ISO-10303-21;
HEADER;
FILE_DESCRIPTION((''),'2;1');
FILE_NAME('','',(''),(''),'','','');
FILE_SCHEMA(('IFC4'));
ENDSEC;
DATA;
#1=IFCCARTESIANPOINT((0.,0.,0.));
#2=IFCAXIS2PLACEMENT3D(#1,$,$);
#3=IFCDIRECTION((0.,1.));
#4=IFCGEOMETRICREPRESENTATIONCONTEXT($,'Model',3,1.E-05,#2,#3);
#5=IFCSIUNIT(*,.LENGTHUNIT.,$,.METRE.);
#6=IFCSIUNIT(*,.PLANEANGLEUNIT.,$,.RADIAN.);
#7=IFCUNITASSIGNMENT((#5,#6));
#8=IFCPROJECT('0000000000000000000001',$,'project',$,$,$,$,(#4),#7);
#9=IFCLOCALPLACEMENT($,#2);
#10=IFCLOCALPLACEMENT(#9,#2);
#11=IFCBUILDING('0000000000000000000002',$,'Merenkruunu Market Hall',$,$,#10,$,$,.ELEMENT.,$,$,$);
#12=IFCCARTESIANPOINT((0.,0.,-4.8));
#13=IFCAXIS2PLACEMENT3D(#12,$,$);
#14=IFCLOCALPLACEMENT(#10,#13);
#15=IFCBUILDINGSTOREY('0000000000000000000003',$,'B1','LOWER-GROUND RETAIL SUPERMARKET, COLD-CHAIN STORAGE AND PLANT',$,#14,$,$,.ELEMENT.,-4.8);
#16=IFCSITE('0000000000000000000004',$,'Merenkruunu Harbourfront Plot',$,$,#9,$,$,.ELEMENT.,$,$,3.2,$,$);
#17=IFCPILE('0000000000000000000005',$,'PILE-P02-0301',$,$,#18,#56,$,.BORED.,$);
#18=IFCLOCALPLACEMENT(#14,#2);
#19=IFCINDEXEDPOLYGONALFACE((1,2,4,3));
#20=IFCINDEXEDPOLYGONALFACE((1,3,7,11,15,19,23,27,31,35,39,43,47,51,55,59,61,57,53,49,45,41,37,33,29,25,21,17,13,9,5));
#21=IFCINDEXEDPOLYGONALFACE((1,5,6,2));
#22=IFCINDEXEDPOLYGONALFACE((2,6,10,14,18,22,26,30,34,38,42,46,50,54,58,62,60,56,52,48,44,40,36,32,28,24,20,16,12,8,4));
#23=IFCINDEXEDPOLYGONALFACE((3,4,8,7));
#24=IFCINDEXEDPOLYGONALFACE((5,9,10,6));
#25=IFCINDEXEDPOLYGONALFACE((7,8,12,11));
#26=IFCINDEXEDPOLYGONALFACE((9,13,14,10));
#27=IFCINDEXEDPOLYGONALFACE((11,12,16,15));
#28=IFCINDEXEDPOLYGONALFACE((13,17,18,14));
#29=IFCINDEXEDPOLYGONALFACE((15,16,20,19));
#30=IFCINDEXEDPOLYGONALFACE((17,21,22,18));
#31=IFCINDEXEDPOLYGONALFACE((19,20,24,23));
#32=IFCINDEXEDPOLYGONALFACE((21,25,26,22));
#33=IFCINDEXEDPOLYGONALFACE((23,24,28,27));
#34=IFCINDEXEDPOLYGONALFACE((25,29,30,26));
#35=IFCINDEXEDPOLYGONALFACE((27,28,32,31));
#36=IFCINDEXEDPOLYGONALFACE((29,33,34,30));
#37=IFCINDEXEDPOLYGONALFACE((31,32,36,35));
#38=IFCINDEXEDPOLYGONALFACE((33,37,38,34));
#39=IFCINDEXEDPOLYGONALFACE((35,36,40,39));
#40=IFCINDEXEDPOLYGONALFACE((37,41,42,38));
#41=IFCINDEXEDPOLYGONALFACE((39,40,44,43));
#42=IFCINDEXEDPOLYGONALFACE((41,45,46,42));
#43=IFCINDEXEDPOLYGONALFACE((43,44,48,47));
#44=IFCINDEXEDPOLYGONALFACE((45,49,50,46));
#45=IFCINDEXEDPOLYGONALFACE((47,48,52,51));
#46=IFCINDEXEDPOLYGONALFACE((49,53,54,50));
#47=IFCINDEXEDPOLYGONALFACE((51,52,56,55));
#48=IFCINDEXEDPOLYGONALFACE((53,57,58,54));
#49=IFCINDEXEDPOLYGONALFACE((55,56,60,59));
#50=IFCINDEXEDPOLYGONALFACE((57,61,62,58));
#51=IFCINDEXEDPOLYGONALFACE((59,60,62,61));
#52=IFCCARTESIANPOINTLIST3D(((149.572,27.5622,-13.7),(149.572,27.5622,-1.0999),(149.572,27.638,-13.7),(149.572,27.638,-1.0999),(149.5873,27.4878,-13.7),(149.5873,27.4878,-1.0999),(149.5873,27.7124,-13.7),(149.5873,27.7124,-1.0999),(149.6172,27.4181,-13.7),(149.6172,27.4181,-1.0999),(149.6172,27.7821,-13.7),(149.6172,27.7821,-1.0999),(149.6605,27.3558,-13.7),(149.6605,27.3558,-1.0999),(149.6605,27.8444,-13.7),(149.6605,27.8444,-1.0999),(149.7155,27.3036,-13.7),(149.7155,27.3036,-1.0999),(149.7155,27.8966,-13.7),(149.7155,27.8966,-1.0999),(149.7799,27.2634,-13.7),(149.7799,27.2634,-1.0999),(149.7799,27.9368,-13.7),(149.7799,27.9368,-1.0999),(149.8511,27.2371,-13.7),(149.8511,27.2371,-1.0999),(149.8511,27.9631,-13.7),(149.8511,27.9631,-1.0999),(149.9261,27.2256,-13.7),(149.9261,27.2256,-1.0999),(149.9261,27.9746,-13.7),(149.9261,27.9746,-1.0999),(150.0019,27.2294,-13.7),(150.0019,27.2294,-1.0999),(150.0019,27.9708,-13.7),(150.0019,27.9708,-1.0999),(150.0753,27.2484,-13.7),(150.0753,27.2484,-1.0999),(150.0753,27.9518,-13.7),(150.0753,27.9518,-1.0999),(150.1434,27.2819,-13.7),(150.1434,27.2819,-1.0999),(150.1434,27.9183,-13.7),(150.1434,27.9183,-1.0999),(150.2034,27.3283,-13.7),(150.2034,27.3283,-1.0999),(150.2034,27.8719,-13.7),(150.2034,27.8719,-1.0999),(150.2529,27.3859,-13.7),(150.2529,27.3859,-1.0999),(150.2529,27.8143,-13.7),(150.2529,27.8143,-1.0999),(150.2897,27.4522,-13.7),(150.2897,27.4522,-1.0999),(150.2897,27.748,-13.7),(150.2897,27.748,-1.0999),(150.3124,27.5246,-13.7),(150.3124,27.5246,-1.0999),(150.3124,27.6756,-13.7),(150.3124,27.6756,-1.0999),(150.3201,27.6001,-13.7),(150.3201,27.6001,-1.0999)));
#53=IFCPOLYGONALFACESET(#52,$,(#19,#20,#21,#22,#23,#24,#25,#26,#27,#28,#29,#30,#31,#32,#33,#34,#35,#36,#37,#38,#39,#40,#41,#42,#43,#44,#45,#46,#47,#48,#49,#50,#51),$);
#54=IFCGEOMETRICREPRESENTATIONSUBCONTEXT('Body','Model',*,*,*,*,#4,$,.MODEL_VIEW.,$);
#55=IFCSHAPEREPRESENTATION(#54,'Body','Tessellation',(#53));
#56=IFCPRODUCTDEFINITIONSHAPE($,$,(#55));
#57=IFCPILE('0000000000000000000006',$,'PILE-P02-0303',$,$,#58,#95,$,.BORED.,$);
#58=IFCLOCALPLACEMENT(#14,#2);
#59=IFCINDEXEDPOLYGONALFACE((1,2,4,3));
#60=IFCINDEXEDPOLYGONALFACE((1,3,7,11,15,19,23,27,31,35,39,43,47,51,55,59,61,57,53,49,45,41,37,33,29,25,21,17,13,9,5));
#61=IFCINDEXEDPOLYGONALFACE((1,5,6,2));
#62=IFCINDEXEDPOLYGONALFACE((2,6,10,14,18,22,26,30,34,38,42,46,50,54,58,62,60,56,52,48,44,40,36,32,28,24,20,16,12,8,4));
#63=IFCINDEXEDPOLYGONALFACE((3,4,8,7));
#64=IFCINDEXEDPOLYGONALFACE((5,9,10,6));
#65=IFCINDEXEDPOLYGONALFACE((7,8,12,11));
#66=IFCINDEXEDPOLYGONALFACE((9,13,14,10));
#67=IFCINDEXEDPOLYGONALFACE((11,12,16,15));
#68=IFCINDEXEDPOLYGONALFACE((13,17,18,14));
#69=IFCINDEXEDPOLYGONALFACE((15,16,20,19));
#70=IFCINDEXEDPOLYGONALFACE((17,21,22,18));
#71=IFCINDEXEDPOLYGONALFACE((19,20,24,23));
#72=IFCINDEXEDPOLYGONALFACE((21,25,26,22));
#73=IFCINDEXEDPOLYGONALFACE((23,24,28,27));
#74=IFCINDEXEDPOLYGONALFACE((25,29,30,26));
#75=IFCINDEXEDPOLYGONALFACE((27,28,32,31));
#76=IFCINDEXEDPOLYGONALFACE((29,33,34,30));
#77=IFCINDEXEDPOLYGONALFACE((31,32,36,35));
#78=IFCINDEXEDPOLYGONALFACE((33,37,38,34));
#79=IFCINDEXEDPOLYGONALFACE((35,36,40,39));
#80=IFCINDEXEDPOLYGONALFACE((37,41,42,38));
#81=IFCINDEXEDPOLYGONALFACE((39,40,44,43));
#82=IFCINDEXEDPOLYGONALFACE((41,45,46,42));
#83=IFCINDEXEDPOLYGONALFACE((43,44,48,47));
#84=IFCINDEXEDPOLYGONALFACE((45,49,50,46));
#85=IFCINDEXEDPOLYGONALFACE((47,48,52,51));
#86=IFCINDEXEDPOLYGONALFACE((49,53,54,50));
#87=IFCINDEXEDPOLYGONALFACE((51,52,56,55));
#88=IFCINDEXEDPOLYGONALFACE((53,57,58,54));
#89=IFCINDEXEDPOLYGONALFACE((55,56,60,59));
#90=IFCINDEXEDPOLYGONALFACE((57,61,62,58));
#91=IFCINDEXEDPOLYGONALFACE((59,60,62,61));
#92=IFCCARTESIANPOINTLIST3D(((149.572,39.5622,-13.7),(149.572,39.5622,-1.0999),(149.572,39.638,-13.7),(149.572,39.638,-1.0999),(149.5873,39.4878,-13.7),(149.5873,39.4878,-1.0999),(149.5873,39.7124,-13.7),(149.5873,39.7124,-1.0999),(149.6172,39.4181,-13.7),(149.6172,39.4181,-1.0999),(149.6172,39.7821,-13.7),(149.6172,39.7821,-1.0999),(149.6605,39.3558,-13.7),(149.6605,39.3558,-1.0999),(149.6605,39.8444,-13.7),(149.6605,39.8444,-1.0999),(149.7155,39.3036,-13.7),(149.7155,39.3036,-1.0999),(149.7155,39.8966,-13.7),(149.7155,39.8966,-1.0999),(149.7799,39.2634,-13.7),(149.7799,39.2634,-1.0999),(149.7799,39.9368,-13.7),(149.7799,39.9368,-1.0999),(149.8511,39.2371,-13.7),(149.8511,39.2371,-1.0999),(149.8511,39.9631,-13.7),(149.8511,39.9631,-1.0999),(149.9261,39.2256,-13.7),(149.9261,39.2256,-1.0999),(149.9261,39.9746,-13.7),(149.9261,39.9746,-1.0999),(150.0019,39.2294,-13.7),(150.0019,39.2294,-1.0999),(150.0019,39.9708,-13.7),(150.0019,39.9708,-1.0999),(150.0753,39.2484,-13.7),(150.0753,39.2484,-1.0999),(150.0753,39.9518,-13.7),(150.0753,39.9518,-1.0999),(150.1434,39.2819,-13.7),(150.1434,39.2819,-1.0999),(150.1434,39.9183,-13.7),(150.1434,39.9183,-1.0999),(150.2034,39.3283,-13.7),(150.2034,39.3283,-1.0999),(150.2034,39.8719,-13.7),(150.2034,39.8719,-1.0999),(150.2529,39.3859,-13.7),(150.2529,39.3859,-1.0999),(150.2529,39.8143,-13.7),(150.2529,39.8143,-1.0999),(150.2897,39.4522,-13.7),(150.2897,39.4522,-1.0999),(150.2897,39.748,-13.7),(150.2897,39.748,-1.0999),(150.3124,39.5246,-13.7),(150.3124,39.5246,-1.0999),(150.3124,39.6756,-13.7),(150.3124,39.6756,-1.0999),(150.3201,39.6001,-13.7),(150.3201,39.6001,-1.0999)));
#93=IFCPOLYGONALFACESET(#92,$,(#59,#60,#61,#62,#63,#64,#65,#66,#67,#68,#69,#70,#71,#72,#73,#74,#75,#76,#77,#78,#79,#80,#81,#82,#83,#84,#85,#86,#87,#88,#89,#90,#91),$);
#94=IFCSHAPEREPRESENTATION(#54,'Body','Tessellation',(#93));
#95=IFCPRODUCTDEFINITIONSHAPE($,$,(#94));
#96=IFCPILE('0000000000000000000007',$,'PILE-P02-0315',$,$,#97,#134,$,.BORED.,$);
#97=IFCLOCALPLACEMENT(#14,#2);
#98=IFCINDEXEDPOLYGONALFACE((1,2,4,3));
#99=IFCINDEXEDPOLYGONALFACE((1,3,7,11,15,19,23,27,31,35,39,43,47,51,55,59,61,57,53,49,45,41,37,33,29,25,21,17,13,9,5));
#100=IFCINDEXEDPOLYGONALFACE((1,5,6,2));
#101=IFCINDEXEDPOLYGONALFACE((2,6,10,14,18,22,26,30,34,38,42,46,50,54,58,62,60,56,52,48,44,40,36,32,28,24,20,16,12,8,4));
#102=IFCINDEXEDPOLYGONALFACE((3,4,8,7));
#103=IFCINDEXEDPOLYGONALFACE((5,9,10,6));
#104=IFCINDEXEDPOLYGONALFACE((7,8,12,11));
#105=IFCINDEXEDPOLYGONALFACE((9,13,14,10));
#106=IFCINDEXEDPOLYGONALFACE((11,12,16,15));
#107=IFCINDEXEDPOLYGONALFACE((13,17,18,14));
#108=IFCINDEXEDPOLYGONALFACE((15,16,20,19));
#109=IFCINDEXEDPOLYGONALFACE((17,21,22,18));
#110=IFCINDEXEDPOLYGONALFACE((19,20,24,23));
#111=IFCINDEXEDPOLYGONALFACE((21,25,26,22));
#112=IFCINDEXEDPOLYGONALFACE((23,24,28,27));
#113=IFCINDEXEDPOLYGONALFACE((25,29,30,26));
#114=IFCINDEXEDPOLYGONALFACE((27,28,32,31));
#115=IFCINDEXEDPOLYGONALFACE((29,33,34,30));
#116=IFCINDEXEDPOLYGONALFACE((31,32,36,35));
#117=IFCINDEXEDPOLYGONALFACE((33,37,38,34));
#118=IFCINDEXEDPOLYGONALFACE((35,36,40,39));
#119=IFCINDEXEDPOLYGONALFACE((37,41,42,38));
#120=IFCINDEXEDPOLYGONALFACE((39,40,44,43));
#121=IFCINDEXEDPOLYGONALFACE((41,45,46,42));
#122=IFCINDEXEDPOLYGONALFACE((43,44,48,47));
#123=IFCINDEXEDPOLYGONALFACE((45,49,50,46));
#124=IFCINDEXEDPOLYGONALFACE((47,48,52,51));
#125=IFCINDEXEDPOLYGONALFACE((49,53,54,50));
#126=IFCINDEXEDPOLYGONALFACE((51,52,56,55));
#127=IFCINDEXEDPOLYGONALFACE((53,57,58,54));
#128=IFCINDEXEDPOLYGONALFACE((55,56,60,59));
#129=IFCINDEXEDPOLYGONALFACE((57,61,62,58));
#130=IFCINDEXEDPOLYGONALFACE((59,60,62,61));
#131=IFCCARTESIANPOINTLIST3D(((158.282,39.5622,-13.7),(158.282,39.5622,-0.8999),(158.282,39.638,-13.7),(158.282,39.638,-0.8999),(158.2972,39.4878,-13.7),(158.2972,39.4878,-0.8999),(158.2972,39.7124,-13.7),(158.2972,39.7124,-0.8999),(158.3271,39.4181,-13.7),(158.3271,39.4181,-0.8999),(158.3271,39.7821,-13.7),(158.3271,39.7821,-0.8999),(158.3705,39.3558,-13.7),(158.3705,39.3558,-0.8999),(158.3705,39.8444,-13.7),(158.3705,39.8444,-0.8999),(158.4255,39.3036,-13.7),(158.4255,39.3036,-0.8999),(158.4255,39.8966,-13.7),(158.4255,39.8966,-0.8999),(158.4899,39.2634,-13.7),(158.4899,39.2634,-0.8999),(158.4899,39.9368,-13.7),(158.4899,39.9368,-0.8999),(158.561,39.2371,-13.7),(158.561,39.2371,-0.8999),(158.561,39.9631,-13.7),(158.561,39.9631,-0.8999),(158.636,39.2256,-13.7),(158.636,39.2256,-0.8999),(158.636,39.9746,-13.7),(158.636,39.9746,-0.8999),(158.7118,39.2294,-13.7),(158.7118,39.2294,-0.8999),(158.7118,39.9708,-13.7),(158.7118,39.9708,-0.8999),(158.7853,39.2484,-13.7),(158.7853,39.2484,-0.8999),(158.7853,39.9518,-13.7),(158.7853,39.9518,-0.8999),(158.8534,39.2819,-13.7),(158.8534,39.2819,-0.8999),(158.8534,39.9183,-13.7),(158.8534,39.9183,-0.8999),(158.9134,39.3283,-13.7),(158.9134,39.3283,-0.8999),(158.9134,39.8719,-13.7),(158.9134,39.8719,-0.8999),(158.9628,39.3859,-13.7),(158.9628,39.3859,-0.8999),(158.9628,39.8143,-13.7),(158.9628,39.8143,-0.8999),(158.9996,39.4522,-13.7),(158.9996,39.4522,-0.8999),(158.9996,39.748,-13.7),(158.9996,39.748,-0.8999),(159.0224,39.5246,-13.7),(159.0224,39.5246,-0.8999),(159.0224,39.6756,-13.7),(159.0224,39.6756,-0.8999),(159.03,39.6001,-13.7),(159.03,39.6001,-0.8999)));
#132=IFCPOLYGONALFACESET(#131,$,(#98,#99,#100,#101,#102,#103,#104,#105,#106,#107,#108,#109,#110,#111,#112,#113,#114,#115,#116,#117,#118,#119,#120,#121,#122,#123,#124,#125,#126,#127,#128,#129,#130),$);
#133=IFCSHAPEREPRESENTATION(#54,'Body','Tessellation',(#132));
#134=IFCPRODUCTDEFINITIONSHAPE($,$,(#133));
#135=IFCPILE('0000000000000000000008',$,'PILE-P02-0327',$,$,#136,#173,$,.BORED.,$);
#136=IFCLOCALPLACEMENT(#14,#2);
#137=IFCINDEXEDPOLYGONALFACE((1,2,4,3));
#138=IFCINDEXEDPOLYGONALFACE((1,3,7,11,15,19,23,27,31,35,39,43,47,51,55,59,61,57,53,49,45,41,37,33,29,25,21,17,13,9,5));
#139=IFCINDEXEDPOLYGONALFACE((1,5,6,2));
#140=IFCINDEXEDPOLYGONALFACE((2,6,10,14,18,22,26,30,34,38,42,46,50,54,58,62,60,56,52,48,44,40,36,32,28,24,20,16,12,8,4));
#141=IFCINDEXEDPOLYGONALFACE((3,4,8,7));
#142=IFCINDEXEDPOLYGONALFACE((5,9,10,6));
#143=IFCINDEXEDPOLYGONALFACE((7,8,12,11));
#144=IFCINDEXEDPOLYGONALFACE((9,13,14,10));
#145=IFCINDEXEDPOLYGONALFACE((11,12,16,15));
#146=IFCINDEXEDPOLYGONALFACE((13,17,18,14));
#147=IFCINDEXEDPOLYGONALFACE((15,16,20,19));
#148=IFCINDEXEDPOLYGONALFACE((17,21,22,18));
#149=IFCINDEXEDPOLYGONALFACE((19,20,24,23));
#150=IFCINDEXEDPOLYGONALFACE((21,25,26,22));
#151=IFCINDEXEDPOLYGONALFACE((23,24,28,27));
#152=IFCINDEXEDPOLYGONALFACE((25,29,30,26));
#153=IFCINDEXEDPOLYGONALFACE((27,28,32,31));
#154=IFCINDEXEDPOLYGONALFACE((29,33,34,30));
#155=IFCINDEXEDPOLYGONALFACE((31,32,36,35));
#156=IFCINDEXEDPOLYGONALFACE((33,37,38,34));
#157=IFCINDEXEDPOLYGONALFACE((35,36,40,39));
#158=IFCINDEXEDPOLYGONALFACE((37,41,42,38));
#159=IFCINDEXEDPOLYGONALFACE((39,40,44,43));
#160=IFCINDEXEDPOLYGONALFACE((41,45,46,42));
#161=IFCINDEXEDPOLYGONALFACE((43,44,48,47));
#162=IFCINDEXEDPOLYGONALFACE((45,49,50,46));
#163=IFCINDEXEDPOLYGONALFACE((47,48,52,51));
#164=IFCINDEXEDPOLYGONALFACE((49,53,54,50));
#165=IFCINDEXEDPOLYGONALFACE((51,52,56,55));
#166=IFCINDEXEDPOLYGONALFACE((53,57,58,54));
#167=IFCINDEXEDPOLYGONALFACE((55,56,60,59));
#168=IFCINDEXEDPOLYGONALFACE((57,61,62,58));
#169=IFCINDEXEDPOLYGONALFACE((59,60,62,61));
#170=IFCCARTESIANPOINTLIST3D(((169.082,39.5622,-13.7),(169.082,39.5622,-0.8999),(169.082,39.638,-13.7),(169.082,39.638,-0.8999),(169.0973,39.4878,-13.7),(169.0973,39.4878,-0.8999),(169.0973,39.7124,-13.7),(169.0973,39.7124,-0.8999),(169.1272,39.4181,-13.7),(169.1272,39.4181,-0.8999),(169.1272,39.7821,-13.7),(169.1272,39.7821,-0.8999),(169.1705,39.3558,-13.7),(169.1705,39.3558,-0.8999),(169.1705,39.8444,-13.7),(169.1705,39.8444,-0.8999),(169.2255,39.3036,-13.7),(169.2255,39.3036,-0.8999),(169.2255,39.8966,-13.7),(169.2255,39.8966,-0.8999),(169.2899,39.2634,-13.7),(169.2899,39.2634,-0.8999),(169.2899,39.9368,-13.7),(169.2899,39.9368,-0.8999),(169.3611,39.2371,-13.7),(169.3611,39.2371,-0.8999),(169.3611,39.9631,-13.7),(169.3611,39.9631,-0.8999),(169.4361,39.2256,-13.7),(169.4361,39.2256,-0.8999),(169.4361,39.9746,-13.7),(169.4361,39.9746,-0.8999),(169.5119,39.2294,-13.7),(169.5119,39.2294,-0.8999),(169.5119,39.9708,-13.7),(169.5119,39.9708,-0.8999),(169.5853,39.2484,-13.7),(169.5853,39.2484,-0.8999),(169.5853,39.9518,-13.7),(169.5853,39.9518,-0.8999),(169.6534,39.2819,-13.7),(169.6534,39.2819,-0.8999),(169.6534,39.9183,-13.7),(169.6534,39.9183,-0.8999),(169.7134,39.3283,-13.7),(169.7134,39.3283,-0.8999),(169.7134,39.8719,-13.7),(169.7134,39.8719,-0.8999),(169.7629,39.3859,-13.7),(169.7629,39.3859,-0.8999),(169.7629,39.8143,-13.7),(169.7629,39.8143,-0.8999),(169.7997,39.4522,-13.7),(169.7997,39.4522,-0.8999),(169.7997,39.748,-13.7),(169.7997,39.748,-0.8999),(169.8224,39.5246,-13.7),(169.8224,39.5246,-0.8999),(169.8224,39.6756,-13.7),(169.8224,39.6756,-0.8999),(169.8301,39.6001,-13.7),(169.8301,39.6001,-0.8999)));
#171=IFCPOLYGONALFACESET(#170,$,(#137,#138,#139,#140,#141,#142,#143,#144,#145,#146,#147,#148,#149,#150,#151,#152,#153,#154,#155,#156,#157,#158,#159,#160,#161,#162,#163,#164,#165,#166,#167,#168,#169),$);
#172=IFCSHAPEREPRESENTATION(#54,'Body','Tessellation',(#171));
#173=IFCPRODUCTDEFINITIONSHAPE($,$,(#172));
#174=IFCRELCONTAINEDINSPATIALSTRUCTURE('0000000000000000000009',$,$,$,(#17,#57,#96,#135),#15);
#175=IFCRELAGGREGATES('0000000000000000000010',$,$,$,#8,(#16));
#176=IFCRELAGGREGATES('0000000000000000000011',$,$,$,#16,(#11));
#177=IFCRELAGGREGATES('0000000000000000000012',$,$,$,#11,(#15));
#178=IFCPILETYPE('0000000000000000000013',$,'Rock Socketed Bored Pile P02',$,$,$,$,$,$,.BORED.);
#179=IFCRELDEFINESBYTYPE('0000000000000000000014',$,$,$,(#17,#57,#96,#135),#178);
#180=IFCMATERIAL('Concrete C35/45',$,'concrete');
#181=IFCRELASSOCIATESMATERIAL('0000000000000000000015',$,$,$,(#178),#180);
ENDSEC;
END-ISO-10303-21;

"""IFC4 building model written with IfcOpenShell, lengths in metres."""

from ifc_helpers import new_model, si_unit, direction, frame, origin, origin_2d, place, context, subcontext, project, spatial, circle, extrude, material, material_profile, profile_set, type_object, element, save


model = new_model("IFC4")

# Units and contexts
model_context = context("Model", 3, precision=1e-05, world=origin(), true_north=direction((0.0, 1.0)))
body_context = subcontext(model_context, "Body", "Model", "MODEL_VIEW")
ifc_project = project(units=[si_unit("LENGTHUNIT", "METRE"), si_unit("PLANEANGLEUNIT", "RADIAN")], contexts=[model_context])

# Site, building, storey
site_placement = place(None, origin())
site = spatial("IfcSite", under=ifc_project, at=site_placement, Name="Merenkruunu Harbourfront Plot", CompositionType="ELEMENT", RefElevation=3.2)
building_placement = place(site_placement, origin())
building = spatial("IfcBuilding", under=site, at=building_placement, Name="Merenkruunu Market Hall", CompositionType="ELEMENT")
storey_placement = place(building_placement, frame((0.0, 0.0, -4.8)))
storey = spatial("IfcBuildingStorey", under=building, at=storey_placement, Name="B1", Description="LOWER-GROUND RETAIL SUPERMARKET, COLD-CHAIN STORAGE AND PLANT", CompositionType="ELEMENT", Elevation=-4.8)

# Shared definitions
ifc_material = material(Name="Concrete C35/45", Category="concrete")

# Piles
ifc_material_profile_1 = material_profile(ifc_material, circle(Radius=0.375, at=origin_2d()), Name="BORED PILE 750")
ifc_profile_set_1 = profile_set([ifc_material_profile_1], Name="Concrete C35/45")
pile_type_1 = type_object("IfcPileType", Name="Rock Socketed Bored Pile P02", PredefinedType="BORED", material=ifc_profile_set_1)
for number, where, z_axis, x_axis, name in (
    (1, (149.9451, 27.6001, -1.0999), (0.0, 0.0, -1.0), (1.0, 0.0, 0.0), "PILE-P02-0301"),
    (2, (149.9451, 39.6001, -1.0999), (0.0, 0.0, -1.0), (1.0, 0.0, 0.0), "PILE-P02-0303"),
):
    element("IfcPile", number, at=place(storey_placement, frame(where, z_axis=z_axis, x_axis=x_axis)), inside=storey, type_object=pile_type_1, Name=name, PredefinedType="BORED", context=body_context, shape_type="SweptSolid", body=[
        extrude(circle(Radius=0.375, at=origin_2d()), origin(), (0.0, 0.0, 1.0), 12.6001),
    ])
for number, where, z_axis, x_axis, name in (
    (3, (158.655, 39.6001, -0.8999), (0.0, 0.0, -1.0), (1.0, 0.0, 0.0), "PILE-P02-0315"),
    (4, (169.4551, 39.6001, -0.8999), (0.0, 0.0, -1.0), (1.0, 0.0, 0.0), "PILE-P02-0327"),
):
    element("IfcPile", number, at=place(storey_placement, frame(where, z_axis=z_axis, x_axis=x_axis)), inside=storey, type_object=pile_type_1, Name=name, PredefinedType="BORED", context=body_context, shape_type="SweptSolid", body=[
        extrude(circle(Radius=0.375, at=origin_2d()), origin(), (0.0, 0.0, 1.0), 12.8),
    ])

save(model, "model.ifc")
